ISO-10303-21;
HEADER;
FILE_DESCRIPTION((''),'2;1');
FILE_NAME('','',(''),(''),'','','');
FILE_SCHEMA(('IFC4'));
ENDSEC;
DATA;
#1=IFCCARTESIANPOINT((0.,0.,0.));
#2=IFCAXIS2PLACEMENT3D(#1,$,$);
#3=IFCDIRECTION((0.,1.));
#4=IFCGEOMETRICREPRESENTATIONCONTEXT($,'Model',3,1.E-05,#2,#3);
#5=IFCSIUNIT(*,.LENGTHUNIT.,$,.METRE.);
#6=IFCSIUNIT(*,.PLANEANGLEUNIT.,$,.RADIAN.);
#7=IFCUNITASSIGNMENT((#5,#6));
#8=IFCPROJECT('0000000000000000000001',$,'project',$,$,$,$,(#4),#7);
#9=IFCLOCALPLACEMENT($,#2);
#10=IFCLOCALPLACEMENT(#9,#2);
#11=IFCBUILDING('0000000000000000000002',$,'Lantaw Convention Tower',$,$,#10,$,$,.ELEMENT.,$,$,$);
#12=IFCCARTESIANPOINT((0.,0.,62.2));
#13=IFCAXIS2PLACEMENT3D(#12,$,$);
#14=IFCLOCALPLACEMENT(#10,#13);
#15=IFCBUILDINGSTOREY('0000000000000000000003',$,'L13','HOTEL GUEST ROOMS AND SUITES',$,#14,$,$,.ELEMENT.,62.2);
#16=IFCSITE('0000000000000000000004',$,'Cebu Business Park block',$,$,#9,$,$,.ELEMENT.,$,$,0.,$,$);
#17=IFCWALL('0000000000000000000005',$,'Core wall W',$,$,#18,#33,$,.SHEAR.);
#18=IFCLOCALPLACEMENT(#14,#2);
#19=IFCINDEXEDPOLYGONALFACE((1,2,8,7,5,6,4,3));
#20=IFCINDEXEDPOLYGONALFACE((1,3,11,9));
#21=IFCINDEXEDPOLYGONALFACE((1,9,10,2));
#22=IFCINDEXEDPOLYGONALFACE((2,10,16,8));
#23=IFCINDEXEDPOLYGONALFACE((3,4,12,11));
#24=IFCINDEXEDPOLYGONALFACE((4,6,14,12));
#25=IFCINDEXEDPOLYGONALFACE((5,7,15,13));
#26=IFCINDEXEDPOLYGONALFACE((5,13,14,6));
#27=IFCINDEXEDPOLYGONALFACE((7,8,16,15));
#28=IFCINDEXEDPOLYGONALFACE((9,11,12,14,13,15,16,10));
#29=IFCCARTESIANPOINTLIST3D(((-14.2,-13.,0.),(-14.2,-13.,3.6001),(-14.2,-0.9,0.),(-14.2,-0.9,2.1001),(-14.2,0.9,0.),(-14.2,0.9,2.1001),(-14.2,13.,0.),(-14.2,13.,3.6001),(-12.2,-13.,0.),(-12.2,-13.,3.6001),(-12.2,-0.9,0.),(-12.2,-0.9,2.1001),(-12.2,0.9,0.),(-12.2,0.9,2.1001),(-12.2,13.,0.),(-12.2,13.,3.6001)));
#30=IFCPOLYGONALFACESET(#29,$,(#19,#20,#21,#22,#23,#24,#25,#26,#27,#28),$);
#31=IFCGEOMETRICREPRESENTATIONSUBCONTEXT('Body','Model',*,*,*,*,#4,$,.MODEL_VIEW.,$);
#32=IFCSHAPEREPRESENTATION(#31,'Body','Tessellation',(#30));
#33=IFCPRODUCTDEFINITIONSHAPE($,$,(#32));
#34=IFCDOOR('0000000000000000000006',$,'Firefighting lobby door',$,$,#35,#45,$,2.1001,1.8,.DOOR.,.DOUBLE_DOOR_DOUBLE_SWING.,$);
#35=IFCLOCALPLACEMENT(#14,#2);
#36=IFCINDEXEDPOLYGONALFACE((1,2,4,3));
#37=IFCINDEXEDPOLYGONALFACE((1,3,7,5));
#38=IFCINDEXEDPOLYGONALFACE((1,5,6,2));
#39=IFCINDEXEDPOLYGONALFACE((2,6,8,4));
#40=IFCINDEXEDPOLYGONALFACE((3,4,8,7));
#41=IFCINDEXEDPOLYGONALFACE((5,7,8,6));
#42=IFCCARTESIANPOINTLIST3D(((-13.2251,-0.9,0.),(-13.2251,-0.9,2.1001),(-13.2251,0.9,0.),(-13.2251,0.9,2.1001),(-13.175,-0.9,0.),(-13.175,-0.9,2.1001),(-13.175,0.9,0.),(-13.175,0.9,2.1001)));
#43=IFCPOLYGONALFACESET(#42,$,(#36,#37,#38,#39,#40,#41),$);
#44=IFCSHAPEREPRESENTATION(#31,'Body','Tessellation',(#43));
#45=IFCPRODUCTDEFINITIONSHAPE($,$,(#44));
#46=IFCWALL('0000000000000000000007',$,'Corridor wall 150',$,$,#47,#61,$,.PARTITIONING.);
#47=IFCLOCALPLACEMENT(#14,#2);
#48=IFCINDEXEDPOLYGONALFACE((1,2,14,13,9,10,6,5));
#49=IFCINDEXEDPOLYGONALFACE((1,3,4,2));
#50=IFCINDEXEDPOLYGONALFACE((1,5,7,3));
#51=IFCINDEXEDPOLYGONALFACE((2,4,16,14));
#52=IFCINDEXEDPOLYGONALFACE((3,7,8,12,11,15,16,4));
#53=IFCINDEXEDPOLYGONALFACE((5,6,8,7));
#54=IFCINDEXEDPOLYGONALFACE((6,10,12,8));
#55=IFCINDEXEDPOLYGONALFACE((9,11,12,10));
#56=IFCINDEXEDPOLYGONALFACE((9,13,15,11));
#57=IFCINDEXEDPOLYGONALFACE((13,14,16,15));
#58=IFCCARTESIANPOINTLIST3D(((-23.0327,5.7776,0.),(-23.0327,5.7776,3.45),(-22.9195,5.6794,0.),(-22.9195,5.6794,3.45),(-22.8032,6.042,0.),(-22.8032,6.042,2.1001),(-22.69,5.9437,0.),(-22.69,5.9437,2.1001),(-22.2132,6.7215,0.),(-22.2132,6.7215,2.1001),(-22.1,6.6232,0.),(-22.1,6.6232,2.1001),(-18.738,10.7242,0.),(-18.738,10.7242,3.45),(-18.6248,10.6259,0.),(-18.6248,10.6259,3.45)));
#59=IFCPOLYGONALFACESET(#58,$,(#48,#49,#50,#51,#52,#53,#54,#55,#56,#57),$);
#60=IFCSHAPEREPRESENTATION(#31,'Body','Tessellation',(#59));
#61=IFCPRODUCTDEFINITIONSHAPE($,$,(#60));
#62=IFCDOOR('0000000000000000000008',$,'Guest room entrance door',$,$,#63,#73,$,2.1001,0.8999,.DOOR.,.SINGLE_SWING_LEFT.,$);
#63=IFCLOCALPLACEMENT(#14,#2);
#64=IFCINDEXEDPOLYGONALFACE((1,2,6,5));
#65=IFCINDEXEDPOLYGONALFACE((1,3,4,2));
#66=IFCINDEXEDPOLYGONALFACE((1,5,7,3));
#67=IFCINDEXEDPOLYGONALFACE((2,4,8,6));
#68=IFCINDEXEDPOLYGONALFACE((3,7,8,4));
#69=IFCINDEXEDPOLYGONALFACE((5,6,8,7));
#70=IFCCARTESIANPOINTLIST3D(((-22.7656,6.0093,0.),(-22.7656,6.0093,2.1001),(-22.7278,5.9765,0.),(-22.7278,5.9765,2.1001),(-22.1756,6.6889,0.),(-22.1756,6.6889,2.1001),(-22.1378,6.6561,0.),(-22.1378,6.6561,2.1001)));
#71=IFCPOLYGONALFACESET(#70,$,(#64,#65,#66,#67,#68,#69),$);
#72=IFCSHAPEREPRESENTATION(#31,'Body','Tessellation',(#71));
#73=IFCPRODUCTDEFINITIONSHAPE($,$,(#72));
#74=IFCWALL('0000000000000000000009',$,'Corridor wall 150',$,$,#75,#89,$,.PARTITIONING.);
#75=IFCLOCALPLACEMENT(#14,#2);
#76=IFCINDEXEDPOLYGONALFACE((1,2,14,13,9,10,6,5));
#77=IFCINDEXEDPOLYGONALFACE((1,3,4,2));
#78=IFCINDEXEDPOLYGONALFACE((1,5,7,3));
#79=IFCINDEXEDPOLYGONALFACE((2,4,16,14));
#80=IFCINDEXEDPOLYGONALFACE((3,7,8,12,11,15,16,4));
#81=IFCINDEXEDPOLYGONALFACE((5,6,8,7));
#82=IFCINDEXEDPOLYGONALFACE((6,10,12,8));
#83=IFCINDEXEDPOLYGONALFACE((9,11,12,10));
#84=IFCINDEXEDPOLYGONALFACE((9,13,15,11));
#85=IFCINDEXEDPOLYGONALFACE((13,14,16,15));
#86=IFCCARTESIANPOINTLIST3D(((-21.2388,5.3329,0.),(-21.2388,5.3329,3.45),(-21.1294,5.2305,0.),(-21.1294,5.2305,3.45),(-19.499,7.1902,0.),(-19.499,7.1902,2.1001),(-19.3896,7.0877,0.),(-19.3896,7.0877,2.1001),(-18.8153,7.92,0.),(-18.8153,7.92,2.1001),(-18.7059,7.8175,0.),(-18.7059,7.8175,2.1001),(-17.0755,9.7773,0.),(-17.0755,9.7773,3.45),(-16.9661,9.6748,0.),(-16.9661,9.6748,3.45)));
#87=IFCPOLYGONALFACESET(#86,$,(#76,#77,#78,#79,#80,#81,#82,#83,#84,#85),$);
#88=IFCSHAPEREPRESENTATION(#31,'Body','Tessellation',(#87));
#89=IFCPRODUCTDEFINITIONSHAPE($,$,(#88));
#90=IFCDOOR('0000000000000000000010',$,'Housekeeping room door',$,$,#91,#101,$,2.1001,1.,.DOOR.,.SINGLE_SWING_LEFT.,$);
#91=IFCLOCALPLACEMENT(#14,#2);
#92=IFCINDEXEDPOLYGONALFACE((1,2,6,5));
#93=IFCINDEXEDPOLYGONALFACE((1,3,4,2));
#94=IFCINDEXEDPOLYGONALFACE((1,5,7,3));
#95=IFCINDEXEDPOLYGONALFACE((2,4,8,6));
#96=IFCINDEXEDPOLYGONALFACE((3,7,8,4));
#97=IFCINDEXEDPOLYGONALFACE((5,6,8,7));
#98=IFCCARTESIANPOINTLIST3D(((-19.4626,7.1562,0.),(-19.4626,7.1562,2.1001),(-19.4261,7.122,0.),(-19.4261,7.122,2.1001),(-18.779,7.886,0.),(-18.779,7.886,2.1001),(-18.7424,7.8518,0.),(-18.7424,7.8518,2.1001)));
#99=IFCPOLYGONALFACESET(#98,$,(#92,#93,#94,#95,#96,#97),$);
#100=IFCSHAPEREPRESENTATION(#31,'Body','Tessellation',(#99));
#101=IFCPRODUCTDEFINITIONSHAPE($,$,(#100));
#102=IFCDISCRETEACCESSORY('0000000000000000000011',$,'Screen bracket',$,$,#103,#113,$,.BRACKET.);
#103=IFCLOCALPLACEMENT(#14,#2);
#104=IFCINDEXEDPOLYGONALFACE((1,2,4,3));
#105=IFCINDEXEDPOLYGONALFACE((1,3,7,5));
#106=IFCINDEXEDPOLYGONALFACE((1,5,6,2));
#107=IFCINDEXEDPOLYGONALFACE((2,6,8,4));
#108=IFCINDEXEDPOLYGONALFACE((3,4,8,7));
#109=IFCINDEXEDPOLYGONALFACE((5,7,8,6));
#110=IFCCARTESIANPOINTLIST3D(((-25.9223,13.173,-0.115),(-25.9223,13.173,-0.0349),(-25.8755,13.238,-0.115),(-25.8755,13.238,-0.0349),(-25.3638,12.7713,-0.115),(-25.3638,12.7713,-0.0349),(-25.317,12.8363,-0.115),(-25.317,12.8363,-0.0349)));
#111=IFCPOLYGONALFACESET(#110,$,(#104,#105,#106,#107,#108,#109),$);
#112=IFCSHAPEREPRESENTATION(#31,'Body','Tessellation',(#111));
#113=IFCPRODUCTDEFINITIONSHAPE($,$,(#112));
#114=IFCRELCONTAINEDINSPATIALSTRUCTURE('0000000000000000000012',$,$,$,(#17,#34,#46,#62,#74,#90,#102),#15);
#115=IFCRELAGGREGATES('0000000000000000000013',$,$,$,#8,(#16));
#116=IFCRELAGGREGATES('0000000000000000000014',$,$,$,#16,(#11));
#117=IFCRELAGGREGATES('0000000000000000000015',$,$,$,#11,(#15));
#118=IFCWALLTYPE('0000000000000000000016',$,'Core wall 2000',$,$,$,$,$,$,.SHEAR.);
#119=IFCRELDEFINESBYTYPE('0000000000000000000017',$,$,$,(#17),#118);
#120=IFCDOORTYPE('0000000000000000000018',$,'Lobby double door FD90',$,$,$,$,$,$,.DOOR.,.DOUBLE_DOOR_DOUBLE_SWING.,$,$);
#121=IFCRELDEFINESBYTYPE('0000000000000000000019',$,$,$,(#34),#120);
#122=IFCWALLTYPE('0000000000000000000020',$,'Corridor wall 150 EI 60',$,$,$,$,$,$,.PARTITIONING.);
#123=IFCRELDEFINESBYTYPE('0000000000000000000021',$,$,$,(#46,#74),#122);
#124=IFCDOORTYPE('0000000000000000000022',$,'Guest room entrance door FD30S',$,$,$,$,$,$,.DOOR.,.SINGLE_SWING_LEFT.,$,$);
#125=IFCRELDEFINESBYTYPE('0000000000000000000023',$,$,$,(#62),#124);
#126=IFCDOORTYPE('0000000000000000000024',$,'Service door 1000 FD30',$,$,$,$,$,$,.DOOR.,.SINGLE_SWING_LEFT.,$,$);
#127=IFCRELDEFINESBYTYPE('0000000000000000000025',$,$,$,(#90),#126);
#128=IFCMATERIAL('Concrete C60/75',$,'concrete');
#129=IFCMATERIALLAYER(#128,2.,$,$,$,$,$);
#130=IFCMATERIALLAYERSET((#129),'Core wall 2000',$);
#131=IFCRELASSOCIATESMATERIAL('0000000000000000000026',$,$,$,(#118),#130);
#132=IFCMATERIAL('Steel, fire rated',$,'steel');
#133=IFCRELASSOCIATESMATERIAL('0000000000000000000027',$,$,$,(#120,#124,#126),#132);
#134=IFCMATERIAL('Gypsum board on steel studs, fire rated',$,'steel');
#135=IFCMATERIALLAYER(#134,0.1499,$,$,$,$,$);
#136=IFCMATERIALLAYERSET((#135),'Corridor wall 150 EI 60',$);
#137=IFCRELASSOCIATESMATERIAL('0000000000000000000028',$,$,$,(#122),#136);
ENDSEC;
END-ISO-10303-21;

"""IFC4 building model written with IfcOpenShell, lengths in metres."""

from ifc_helpers import new_model, si_unit, direction, frame, frame_2d, origin, origin_2d, place, context, subcontext, project, spatial, rectangle, extrude, material, layer, layer_set, type_object, element, fill, save


model = new_model("IFC4")

# Units and contexts
model_context = context("Model", 3, precision=1e-05, world=origin(), true_north=direction((0.0, 1.0)))
body_context = subcontext(model_context, "Body", "Model", "MODEL_VIEW")
ifc_project = project(units=[si_unit("LENGTHUNIT", "METRE"), si_unit("PLANEANGLEUNIT", "RADIAN")], contexts=[model_context])

# Site, building, storey
site_placement = place(None, origin())
site = spatial("IfcSite", under=ifc_project, at=site_placement, Name="Cebu Business Park block", CompositionType="ELEMENT", RefElevation=0.0)
building_placement = place(site_placement, origin())
building = spatial("IfcBuilding", under=site, at=building_placement, Name="Lantaw Convention Tower", CompositionType="ELEMENT")
storey_placement = place(building_placement, frame((0.0, 0.0, 62.2)))
storey = spatial("IfcBuildingStorey", under=building, at=storey_placement, Name="L13", Description="HOTEL GUEST ROOMS AND SUITES", CompositionType="ELEMENT", Elevation=62.2)

# Shared definitions
ifc_material_1 = material(Name="Concrete C60/75", Category="concrete")

# Walls, openings, doors
ifc_layer_1 = layer(ifc_material_1, 2.0)
ifc_layer_set_1 = layer_set([ifc_layer_1], Name="Core wall 2000")
wall_type_1 = type_object("IfcWallType", Name="Core wall 2000", PredefinedType="SHEAR", material=ifc_layer_set_1)
wall_1_placement = place(storey_placement, frame((-13.2, 13.0, 0.0), z_axis=(0.0, 0.0, 1.0), x_axis=(0.0, -1.0, 0.0)))
wall_1 = element("IfcWall", 1, at=wall_1_placement, inside=storey, type_object=wall_type_1, Name="Core wall W", PredefinedType="SHEAR", context=body_context, shape_type="SweptSolid", body=[
    extrude(rectangle(XDim=26.0, YDim=2.0, at=frame_2d((13.0, 0.0))), origin(), (0.0, 0.0, 1.0), 3.6001),
])
opening_1_placement = place(wall_1_placement, frame((12.1001, 0.0, 0.0)))
opening_1 = element("IfcOpeningElement", 2, at=opening_1_placement, cuts=wall_1, PredefinedType="OPENING", context=body_context, shape_type="SweptSolid", body=[
    extrude(rectangle(XDim=1.8, YDim=2.1001, at=frame_2d((0.8999, 1.05))), frame((0.0, 1.01, 0.0), z_axis=(0.0, -1.0, 0.0), x_axis=(1.0, 0.0, 0.0)), (0.0, 0.0, 1.0), 2.02),
])
ifc_material_2 = material(Name="Steel, fire rated", Category="steel")
door_type_1 = type_object("IfcDoorType", Name="Lobby double door FD90", OperationType="DOUBLE_DOOR_DOUBLE_SWING", PredefinedType="DOOR", material=ifc_material_2)
door_1_placement = place(opening_1_placement, origin())
door_1 = element("IfcDoor", 3, at=door_1_placement, inside=storey, type_object=door_type_1, Name="Firefighting lobby door", OperationType="DOUBLE_DOOR_DOUBLE_SWING", OverallHeight=2.1001, OverallWidth=1.8, PredefinedType="DOOR", context=body_context, shape_type="SweptSolid", body=[
    extrude(rectangle(XDim=1.8, YDim=2.1001, at=frame_2d((0.8999, 1.05))), frame((0.0, 0.0249, 0.0), z_axis=(0.0, -1.0, 0.0), x_axis=(1.0, 0.0, 0.0)), (0.0, 0.0, 1.0), 0.05),
])
fill(opening_1, door_1)
ifc_material_3 = material(Name="Gypsum board on steel studs, fire rated", Category="steel")
ifc_layer_2 = layer(ifc_material_3, 0.1499)
ifc_layer_set_2 = layer_set([ifc_layer_2], Name="Corridor wall 150 EI 60")
wall_type_2 = type_object("IfcWallType", Name="Corridor wall 150 EI 60", PredefinedType="PARTITIONING", material=ifc_layer_set_2)
wall_2_placement = place(storey_placement, frame((-18.6814, 10.675, 0.0), z_axis=(0.0, 0.0, 1.0), x_axis=(-0.6556, -0.755108, 0.0)))
wall_2 = element("IfcWall", 4, at=wall_2_placement, inside=storey, type_object=wall_type_2, Name="Corridor wall 150", PredefinedType="PARTITIONING", context=body_context, shape_type="SweptSolid", body=[
    extrude(rectangle(XDim=6.5508, YDim=0.1499, at=frame_2d((3.2754, 0.0))), origin(), (0.0, 0.0, 1.0), 3.45),
])
opening_2_placement = place(wall_2_placement, frame((5.3008, 0.0, 0.0)))
opening_2 = element("IfcOpeningElement", 5, at=opening_2_placement, cuts=wall_2, PredefinedType="OPENING", context=body_context, shape_type="SweptSolid", body=[
    extrude(rectangle(XDim=0.8999, YDim=2.1001, at=frame_2d((0.45, 1.05))), frame((0.0, 0.085, 0.0), z_axis=(0.0, -1.0, 0.0), x_axis=(1.0, 0.0, 0.0)), (0.0, 0.0, 1.0), 0.1699),
])
door_type_2 = type_object("IfcDoorType", Name="Guest room entrance door FD30S", OperationType="SINGLE_SWING_LEFT", PredefinedType="DOOR", material=ifc_material_2)
door_2_placement = place(opening_2_placement, origin())
door_2 = element("IfcDoor", 6, at=door_2_placement, inside=storey, type_object=door_type_2, Name="Guest room entrance door", OperationType="SINGLE_SWING_LEFT", OverallHeight=2.1001, OverallWidth=0.8999, PredefinedType="DOOR", context=body_context, shape_type="SweptSolid", body=[
    extrude(rectangle(XDim=0.8999, YDim=2.1001, at=frame_2d((0.45, 1.05))), frame((0.0, 0.0249, 0.0), z_axis=(0.0, -1.0, 0.0), x_axis=(1.0, 0.0, 0.0)), (0.0, 0.0, 1.0), 0.05),
])
fill(opening_2, door_2)
wall_3_placement = place(storey_placement, frame((-17.0208, 9.7261, 0.0), z_axis=(0.0, 0.0, 1.0), x_axis=(-0.683658, -0.729802, 0.0)))
wall_3 = element("IfcWall", 7, at=wall_3_placement, inside=storey, type_object=wall_type_2, Name="Corridor wall 150", PredefinedType="PARTITIONING", context=body_context, shape_type="SweptSolid", body=[
    extrude(rectangle(XDim=6.0898, YDim=0.1499, at=frame_2d((3.0449, 0.0))), origin(), (0.0, 0.0, 1.0), 3.45),
])
opening_3_placement = place(wall_3_placement, frame((2.5449, 0.0, 0.0)))
opening_3 = element("IfcOpeningElement", 8, at=opening_3_placement, cuts=wall_3, PredefinedType="OPENING", context=body_context, shape_type="SweptSolid", body=[
    extrude(rectangle(XDim=1.0, YDim=2.1001, at=frame_2d((0.5, 1.05))), frame((0.0, 0.085, 0.0), z_axis=(0.0, -1.0, 0.0), x_axis=(1.0, 0.0, 0.0)), (0.0, 0.0, 1.0), 0.1699),
])
door_type_3 = type_object("IfcDoorType", Name="Service door 1000 FD30", OperationType="SINGLE_SWING_LEFT", PredefinedType="DOOR", material=ifc_material_2)
door_3_placement = place(opening_3_placement, origin())
door_3 = element("IfcDoor", 9, at=door_3_placement, inside=storey, type_object=door_type_3, Name="Housekeeping room door", OperationType="SINGLE_SWING_LEFT", OverallHeight=2.1001, OverallWidth=1.0, PredefinedType="DOOR", context=body_context, shape_type="SweptSolid", body=[
    extrude(rectangle(XDim=1.0, YDim=2.1001, at=frame_2d((0.5, 1.05))), frame((0.0, 0.0249, 0.0), z_axis=(0.0, -1.0, 0.0), x_axis=(1.0, 0.0, 0.0)), (0.0, 0.0, 1.0), 0.05),
])
fill(opening_3, door_3)

# Discrete accessory
discrete_accessory_placement = place(storey_placement, frame((-25.6196, 13.0046, -0.115), z_axis=(0.0, 0.0, 1.0), x_axis=(-0.583951, -0.811789, 0.0)))
element("IfcDiscreteAccessory", 10, at=discrete_accessory_placement, inside=storey, Name="Screen bracket", PredefinedType="BRACKET", context=body_context, shape_type="SweptSolid", body=[
    extrude(rectangle(XDim=0.0801, YDim=0.688, at=origin_2d()), origin(), (0.0, 0.0, 1.0), 0.0801),
])

save(model, "model.ifc")
